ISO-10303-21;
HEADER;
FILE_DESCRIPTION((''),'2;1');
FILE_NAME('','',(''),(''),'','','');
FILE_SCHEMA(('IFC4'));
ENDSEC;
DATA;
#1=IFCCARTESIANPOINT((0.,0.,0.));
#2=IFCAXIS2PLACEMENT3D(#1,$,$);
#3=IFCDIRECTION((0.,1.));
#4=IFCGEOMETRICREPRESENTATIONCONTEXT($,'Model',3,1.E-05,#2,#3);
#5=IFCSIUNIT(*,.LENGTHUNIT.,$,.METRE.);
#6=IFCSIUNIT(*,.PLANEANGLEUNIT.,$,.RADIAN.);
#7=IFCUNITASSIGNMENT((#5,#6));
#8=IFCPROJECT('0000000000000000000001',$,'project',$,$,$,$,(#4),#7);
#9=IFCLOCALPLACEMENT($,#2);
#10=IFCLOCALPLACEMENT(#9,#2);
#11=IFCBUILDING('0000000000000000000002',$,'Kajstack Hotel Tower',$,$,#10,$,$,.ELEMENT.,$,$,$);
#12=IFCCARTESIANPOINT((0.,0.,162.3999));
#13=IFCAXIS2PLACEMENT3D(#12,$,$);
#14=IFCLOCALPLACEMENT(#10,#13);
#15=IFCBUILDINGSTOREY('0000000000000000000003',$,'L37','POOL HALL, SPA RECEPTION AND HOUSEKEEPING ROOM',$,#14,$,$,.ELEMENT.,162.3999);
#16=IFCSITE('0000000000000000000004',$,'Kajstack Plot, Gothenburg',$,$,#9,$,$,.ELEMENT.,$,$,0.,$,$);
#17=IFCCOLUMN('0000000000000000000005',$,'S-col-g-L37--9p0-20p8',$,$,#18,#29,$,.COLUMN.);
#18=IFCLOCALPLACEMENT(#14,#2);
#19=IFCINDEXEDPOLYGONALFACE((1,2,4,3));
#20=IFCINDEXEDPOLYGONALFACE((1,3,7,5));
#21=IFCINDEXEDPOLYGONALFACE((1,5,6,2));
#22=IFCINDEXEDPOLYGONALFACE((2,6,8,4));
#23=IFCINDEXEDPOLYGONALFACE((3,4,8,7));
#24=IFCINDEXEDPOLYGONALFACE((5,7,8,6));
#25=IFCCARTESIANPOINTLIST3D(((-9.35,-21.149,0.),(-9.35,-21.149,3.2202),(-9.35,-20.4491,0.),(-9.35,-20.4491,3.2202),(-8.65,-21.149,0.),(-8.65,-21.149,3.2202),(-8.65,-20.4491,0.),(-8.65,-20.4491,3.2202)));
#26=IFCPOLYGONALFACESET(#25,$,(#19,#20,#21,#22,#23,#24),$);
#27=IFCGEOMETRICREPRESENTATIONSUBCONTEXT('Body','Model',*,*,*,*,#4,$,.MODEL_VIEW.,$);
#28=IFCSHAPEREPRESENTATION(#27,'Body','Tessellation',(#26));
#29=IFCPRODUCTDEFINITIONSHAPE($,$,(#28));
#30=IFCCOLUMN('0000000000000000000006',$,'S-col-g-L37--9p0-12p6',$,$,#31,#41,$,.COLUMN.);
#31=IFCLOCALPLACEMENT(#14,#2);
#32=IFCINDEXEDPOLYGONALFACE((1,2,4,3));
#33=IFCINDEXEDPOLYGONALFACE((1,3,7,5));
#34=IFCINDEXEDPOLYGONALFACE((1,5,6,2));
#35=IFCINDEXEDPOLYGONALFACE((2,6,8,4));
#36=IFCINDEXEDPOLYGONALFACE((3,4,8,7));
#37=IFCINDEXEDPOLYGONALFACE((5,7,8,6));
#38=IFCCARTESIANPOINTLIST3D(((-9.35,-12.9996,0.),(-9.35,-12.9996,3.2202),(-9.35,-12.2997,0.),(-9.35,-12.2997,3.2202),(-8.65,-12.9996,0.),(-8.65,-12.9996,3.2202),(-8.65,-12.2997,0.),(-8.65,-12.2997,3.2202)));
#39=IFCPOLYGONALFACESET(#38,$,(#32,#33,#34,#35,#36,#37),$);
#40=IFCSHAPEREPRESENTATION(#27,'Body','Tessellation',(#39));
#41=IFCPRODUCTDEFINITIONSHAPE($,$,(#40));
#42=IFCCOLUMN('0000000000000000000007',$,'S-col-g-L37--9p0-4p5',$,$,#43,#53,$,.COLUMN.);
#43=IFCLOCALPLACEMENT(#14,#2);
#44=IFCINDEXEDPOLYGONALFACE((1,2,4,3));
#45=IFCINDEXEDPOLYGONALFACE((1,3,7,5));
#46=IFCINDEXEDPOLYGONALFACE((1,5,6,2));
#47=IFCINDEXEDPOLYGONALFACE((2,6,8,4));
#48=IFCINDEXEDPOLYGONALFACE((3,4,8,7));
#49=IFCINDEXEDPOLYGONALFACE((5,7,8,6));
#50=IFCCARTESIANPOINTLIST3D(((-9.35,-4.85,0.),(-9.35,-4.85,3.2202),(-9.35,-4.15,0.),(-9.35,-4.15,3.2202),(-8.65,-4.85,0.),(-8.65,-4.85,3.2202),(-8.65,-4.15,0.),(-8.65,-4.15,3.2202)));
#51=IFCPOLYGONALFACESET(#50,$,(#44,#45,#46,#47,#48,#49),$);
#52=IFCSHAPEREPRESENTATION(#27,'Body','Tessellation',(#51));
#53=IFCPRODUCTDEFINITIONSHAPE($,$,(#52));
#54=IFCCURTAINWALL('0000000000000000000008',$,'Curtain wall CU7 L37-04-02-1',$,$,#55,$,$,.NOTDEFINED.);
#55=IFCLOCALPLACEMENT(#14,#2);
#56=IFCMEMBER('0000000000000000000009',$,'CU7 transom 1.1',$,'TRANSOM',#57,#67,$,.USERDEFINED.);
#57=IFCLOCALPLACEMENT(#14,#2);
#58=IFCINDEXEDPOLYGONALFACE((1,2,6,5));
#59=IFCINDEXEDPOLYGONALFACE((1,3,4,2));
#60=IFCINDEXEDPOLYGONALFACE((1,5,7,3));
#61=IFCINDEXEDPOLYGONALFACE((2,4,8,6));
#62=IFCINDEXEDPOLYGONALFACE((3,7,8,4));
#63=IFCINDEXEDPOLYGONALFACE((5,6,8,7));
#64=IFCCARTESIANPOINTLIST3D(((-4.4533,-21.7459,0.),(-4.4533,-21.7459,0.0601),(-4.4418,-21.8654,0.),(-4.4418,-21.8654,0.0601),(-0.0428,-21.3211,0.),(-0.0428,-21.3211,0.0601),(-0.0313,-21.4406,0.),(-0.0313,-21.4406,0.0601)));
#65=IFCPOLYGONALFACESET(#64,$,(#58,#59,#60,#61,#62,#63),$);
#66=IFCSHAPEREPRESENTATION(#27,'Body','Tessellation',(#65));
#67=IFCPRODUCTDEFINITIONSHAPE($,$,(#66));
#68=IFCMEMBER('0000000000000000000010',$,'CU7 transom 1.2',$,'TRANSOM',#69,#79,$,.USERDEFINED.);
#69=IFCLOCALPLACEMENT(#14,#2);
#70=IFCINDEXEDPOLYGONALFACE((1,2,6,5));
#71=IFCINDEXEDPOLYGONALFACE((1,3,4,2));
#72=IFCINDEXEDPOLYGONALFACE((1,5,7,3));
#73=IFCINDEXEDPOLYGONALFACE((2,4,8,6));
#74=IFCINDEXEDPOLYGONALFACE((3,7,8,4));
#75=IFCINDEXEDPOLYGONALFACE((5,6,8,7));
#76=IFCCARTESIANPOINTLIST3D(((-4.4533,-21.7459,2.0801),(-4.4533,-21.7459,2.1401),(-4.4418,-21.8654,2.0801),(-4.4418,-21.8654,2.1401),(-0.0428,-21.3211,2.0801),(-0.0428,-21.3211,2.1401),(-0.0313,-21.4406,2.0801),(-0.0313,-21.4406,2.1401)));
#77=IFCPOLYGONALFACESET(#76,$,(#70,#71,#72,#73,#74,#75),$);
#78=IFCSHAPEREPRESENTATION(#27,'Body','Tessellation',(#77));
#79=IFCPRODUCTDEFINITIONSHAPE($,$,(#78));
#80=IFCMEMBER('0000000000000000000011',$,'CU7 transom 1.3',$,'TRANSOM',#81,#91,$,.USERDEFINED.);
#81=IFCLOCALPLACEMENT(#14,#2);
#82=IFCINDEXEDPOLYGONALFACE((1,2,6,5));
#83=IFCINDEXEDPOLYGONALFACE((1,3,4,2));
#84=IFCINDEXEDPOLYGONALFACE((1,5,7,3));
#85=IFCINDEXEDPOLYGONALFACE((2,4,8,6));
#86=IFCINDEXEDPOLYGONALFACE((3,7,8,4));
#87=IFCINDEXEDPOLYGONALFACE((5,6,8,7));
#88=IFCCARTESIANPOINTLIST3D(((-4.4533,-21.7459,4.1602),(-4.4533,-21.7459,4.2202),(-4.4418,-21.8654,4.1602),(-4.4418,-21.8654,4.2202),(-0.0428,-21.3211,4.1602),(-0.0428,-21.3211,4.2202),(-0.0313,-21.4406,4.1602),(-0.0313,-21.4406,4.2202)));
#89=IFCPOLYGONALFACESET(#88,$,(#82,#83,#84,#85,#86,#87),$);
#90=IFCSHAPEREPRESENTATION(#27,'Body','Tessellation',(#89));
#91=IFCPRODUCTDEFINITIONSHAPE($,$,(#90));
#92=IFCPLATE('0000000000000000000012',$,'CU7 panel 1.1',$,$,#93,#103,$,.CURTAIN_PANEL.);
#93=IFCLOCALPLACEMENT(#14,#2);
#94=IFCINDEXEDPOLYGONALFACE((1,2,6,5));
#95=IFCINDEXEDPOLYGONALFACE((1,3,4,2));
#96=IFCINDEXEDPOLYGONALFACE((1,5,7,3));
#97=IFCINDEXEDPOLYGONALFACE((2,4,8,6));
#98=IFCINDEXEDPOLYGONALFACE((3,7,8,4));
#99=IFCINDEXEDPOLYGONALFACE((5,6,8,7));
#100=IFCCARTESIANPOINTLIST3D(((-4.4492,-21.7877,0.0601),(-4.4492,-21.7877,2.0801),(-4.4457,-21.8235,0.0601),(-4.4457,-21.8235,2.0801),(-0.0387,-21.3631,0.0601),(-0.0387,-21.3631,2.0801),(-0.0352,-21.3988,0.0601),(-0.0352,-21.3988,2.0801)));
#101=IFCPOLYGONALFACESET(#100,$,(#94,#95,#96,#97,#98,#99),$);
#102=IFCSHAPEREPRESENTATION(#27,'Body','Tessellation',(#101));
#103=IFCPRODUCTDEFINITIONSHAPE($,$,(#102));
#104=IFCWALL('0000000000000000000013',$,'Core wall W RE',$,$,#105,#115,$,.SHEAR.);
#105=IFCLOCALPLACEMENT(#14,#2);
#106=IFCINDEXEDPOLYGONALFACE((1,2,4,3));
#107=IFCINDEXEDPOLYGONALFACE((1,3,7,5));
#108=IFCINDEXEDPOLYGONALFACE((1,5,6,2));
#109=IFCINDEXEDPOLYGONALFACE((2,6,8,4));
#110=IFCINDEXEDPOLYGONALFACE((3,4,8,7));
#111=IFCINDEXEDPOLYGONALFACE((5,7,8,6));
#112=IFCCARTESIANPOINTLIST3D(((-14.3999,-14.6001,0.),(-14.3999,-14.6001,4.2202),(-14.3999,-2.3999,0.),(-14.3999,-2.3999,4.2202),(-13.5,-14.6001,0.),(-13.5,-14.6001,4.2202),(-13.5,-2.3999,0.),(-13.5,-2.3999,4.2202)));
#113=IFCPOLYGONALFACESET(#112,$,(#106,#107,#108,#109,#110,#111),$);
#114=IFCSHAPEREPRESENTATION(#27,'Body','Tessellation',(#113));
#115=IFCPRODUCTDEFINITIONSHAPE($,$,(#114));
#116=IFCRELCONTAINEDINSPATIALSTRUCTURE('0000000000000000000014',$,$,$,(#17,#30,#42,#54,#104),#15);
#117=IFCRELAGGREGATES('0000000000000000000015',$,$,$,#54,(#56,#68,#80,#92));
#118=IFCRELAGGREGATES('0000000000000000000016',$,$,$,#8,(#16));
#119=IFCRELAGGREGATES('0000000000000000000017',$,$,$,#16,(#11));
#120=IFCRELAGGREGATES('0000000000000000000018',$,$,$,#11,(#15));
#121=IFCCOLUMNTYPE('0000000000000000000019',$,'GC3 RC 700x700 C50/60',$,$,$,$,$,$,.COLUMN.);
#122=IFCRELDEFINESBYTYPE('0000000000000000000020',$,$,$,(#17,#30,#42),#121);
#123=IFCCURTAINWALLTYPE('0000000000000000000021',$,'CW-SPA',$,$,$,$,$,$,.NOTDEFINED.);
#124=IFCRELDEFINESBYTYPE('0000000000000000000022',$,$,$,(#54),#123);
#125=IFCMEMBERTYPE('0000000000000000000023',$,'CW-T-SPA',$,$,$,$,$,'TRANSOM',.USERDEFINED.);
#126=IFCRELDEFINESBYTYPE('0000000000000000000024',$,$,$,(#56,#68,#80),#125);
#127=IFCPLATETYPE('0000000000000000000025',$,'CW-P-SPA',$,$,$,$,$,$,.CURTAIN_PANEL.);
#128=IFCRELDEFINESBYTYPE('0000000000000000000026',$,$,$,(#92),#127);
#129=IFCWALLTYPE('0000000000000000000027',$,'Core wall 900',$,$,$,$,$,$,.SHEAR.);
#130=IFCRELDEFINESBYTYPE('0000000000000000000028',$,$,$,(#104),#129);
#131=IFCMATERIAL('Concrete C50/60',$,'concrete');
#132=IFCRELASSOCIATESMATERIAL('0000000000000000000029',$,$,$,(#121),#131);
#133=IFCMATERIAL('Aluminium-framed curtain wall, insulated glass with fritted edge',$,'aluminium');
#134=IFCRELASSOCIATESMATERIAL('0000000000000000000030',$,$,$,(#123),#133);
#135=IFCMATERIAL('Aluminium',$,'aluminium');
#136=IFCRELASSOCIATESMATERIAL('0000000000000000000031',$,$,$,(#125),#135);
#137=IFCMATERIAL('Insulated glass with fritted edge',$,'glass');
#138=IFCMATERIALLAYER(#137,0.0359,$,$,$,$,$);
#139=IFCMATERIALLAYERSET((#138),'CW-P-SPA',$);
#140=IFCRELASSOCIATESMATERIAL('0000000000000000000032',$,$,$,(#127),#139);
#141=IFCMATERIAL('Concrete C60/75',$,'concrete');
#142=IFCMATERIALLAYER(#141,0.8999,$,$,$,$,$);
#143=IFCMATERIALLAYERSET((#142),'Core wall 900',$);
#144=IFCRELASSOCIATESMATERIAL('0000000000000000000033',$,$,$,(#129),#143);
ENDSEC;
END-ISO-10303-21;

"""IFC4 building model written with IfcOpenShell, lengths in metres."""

from ifc_helpers import new_model, si_unit, direction, frame, frame_2d, origin, origin_2d, place, context, subcontext, project, spatial, rectangle, extrude, material, layer, layer_set, material_profile, profile_set, type_object, element, aggregate, save


model = new_model("IFC4")

# Units and contexts
model_context = context("Model", 3, precision=1e-05, world=origin(), true_north=direction((0.0, 1.0)))
body_context = subcontext(model_context, "Body", "Model", "MODEL_VIEW")
ifc_project = project(units=[si_unit("LENGTHUNIT", "METRE"), si_unit("PLANEANGLEUNIT", "RADIAN")], contexts=[model_context])

# Site, building, storey
site_placement = place(None, origin())
site = spatial("IfcSite", under=ifc_project, at=site_placement, Name="Kajstack Plot, Gothenburg", CompositionType="ELEMENT", RefElevation=0.0)
building_placement = place(site_placement, origin())
building = spatial("IfcBuilding", under=site, at=building_placement, Name="Kajstack Hotel Tower", CompositionType="ELEMENT")
storey_placement = place(building_placement, frame((0.0, 0.0, 162.3999)))
storey = spatial("IfcBuildingStorey", under=building, at=storey_placement, Name="L37", Description="POOL HALL, SPA RECEPTION AND HOUSEKEEPING ROOM", CompositionType="ELEMENT", Elevation=162.3999)

# Columns
ifc_material_1 = material(Name="Concrete C50/60", Category="concrete")
ifc_material_profile_1 = material_profile(ifc_material_1, rectangle(XDim=0.7, YDim=0.7, at=origin_2d()), Name="RC 700x700")
ifc_profile_set_1 = profile_set([ifc_material_profile_1], Name="Concrete C50/60")
column_type = type_object("IfcColumnType", Name="GC3 RC 700x700 C50/60", PredefinedType="COLUMN", material=ifc_profile_set_1)
for number, where, z_axis, x_axis, name in (
    (1, (-9.0, -20.7991, 0.0), (0.0, 0.0, 1.0), (1.0, 0.0, 0.0), "S-col-g-L37--9p0-20p8"),
    (2, (-9.0, -12.6497, 0.0), (0.0, 0.0, 1.0), (1.0, 0.0, 0.0), "S-col-g-L37--9p0-12p6"),
    (3, (-9.0, -4.5, 0.0), (0.0, 0.0, 1.0), (1.0, 0.0, 0.0), "S-col-g-L37--9p0-4p5"),
):
    element("IfcColumn", number, at=place(storey_placement, frame(where, z_axis=z_axis, x_axis=x_axis)), inside=storey, type_object=column_type, Name=name, PredefinedType="COLUMN", context=body_context, shape_type="SweptSolid", body=[
        extrude(rectangle(XDim=0.7, YDim=0.7, at=origin_2d()), origin(), (0.0, 0.0, 1.0), 3.2202),
    ])

# Curtain wall, members, plate
ifc_material_2 = material(Name="Aluminium-framed curtain wall, insulated glass with fritted edge", Category="aluminium")
curtain_wall_type = type_object("IfcCurtainWallType", Name="CW-SPA", PredefinedType="NOTDEFINED", material=ifc_material_2)
curtain_wall_placement = place(storey_placement, origin())
curtain_wall = element("IfcCurtainWall", 4, at=curtain_wall_placement, inside=storey, type_object=curtain_wall_type, Name="Curtain wall CU7 L37-04-02-1", PredefinedType="NOTDEFINED")
ifc_material_3 = material(Name="Aluminium", Category="aluminium")
ifc_material_profile_2 = material_profile(ifc_material_3, rectangle(XDim=0.1201, YDim=0.0601, at=origin_2d()), Name="Aluminium transom 120 x 60")
ifc_profile_set_2 = profile_set([ifc_material_profile_2], Name="Aluminium")
member_type = type_object("IfcMemberType", Name="CW-T-SPA", ElementType="TRANSOM", PredefinedType="USERDEFINED", material=ifc_profile_set_2)
member_1_placement = place(storey_placement, frame((-4.4475, -21.8057, 0.03), z_axis=(0.995393, 0.095875, 0.0), x_axis=(-0.095875, 0.995393, 0.0)))
member_1 = element("IfcMember", 5, at=member_1_placement, type_object=member_type, Name="CU7 transom 1.1", ObjectType="TRANSOM", PredefinedType="USERDEFINED", context=body_context, shape_type="SweptSolid", body=[
    extrude(rectangle(XDim=0.1201, YDim=0.0601, at=origin_2d()), origin(), (0.0, 0.0, 1.0), 4.4309),
])
member_2_placement = place(storey_placement, frame((-4.4475, -21.8057, 2.1101), z_axis=(0.995393, 0.095875, 0.0), x_axis=(-0.095875, 0.995393, 0.0)))
member_2 = element("IfcMember", 6, at=member_2_placement, type_object=member_type, Name="CU7 transom 1.2", ObjectType="TRANSOM", PredefinedType="USERDEFINED", context=body_context, shape_type="SweptSolid", body=[
    extrude(rectangle(XDim=0.1201, YDim=0.0601, at=origin_2d()), origin(), (0.0, 0.0, 1.0), 4.4309),
])
member_3_placement = place(storey_placement, frame((-4.4475, -21.8057, 4.1902), z_axis=(0.995393, 0.095875, 0.0), x_axis=(-0.095875, 0.995393, 0.0)))
member_3 = element("IfcMember", 7, at=member_3_placement, type_object=member_type, Name="CU7 transom 1.3", ObjectType="TRANSOM", PredefinedType="USERDEFINED", context=body_context, shape_type="SweptSolid", body=[
    extrude(rectangle(XDim=0.1201, YDim=0.0601, at=origin_2d()), origin(), (0.0, 0.0, 1.0), 4.4309),
])
ifc_material_4 = material(Name="Insulated glass with fritted edge", Category="glass")
ifc_layer_1 = layer(ifc_material_4, 0.0359)
ifc_layer_set_1 = layer_set([ifc_layer_1], Name="CW-P-SPA")
plate_type = type_object("IfcPlateType", Name="CW-P-SPA", PredefinedType="CURTAIN_PANEL", material=ifc_layer_set_1)
plate_placement = place(storey_placement, frame((-2.2422, -21.5933, 0.0601), z_axis=(0.0, 0.0, 1.0), x_axis=(0.995396, 0.095845, 0.0)))
plate = element("IfcPlate", 8, at=plate_placement, type_object=plate_type, Name="CU7 panel 1.1", PredefinedType="CURTAIN_PANEL", context=body_context, shape_type="SweptSolid", body=[
    extrude(rectangle(XDim=4.4309, YDim=0.0359, at=origin_2d()), origin(), (0.0, 0.0, 1.0), 2.02),
])
aggregate(curtain_wall, [member_1, member_2, member_3, plate])

# Wall
ifc_material_5 = material(Name="Concrete C60/75", Category="concrete")
ifc_layer_2 = layer(ifc_material_5, 0.8999)
ifc_layer_set_2 = layer_set([ifc_layer_2], Name="Core wall 900")
wall_type_1 = type_object("IfcWallType", Name="Core wall 900", PredefinedType="SHEAR", material=ifc_layer_set_2)
wall_1_placement = place(storey_placement, frame((-13.95, -14.6001, 0.0), z_axis=(0.0, 0.0, 1.0), x_axis=(0.0, 1.0, 0.0)))
element("IfcWall", 9, at=wall_1_placement, inside=storey, type_object=wall_type_1, Name="Core wall W RE", PredefinedType="SHEAR", context=body_context, shape_type="SweptSolid", body=[
    extrude(rectangle(XDim=12.2002, YDim=0.8999, at=frame_2d((6.1001, 0.0))), origin(), (0.0, 0.0, 1.0), 4.2202),
])

save(model, "model.ifc")
